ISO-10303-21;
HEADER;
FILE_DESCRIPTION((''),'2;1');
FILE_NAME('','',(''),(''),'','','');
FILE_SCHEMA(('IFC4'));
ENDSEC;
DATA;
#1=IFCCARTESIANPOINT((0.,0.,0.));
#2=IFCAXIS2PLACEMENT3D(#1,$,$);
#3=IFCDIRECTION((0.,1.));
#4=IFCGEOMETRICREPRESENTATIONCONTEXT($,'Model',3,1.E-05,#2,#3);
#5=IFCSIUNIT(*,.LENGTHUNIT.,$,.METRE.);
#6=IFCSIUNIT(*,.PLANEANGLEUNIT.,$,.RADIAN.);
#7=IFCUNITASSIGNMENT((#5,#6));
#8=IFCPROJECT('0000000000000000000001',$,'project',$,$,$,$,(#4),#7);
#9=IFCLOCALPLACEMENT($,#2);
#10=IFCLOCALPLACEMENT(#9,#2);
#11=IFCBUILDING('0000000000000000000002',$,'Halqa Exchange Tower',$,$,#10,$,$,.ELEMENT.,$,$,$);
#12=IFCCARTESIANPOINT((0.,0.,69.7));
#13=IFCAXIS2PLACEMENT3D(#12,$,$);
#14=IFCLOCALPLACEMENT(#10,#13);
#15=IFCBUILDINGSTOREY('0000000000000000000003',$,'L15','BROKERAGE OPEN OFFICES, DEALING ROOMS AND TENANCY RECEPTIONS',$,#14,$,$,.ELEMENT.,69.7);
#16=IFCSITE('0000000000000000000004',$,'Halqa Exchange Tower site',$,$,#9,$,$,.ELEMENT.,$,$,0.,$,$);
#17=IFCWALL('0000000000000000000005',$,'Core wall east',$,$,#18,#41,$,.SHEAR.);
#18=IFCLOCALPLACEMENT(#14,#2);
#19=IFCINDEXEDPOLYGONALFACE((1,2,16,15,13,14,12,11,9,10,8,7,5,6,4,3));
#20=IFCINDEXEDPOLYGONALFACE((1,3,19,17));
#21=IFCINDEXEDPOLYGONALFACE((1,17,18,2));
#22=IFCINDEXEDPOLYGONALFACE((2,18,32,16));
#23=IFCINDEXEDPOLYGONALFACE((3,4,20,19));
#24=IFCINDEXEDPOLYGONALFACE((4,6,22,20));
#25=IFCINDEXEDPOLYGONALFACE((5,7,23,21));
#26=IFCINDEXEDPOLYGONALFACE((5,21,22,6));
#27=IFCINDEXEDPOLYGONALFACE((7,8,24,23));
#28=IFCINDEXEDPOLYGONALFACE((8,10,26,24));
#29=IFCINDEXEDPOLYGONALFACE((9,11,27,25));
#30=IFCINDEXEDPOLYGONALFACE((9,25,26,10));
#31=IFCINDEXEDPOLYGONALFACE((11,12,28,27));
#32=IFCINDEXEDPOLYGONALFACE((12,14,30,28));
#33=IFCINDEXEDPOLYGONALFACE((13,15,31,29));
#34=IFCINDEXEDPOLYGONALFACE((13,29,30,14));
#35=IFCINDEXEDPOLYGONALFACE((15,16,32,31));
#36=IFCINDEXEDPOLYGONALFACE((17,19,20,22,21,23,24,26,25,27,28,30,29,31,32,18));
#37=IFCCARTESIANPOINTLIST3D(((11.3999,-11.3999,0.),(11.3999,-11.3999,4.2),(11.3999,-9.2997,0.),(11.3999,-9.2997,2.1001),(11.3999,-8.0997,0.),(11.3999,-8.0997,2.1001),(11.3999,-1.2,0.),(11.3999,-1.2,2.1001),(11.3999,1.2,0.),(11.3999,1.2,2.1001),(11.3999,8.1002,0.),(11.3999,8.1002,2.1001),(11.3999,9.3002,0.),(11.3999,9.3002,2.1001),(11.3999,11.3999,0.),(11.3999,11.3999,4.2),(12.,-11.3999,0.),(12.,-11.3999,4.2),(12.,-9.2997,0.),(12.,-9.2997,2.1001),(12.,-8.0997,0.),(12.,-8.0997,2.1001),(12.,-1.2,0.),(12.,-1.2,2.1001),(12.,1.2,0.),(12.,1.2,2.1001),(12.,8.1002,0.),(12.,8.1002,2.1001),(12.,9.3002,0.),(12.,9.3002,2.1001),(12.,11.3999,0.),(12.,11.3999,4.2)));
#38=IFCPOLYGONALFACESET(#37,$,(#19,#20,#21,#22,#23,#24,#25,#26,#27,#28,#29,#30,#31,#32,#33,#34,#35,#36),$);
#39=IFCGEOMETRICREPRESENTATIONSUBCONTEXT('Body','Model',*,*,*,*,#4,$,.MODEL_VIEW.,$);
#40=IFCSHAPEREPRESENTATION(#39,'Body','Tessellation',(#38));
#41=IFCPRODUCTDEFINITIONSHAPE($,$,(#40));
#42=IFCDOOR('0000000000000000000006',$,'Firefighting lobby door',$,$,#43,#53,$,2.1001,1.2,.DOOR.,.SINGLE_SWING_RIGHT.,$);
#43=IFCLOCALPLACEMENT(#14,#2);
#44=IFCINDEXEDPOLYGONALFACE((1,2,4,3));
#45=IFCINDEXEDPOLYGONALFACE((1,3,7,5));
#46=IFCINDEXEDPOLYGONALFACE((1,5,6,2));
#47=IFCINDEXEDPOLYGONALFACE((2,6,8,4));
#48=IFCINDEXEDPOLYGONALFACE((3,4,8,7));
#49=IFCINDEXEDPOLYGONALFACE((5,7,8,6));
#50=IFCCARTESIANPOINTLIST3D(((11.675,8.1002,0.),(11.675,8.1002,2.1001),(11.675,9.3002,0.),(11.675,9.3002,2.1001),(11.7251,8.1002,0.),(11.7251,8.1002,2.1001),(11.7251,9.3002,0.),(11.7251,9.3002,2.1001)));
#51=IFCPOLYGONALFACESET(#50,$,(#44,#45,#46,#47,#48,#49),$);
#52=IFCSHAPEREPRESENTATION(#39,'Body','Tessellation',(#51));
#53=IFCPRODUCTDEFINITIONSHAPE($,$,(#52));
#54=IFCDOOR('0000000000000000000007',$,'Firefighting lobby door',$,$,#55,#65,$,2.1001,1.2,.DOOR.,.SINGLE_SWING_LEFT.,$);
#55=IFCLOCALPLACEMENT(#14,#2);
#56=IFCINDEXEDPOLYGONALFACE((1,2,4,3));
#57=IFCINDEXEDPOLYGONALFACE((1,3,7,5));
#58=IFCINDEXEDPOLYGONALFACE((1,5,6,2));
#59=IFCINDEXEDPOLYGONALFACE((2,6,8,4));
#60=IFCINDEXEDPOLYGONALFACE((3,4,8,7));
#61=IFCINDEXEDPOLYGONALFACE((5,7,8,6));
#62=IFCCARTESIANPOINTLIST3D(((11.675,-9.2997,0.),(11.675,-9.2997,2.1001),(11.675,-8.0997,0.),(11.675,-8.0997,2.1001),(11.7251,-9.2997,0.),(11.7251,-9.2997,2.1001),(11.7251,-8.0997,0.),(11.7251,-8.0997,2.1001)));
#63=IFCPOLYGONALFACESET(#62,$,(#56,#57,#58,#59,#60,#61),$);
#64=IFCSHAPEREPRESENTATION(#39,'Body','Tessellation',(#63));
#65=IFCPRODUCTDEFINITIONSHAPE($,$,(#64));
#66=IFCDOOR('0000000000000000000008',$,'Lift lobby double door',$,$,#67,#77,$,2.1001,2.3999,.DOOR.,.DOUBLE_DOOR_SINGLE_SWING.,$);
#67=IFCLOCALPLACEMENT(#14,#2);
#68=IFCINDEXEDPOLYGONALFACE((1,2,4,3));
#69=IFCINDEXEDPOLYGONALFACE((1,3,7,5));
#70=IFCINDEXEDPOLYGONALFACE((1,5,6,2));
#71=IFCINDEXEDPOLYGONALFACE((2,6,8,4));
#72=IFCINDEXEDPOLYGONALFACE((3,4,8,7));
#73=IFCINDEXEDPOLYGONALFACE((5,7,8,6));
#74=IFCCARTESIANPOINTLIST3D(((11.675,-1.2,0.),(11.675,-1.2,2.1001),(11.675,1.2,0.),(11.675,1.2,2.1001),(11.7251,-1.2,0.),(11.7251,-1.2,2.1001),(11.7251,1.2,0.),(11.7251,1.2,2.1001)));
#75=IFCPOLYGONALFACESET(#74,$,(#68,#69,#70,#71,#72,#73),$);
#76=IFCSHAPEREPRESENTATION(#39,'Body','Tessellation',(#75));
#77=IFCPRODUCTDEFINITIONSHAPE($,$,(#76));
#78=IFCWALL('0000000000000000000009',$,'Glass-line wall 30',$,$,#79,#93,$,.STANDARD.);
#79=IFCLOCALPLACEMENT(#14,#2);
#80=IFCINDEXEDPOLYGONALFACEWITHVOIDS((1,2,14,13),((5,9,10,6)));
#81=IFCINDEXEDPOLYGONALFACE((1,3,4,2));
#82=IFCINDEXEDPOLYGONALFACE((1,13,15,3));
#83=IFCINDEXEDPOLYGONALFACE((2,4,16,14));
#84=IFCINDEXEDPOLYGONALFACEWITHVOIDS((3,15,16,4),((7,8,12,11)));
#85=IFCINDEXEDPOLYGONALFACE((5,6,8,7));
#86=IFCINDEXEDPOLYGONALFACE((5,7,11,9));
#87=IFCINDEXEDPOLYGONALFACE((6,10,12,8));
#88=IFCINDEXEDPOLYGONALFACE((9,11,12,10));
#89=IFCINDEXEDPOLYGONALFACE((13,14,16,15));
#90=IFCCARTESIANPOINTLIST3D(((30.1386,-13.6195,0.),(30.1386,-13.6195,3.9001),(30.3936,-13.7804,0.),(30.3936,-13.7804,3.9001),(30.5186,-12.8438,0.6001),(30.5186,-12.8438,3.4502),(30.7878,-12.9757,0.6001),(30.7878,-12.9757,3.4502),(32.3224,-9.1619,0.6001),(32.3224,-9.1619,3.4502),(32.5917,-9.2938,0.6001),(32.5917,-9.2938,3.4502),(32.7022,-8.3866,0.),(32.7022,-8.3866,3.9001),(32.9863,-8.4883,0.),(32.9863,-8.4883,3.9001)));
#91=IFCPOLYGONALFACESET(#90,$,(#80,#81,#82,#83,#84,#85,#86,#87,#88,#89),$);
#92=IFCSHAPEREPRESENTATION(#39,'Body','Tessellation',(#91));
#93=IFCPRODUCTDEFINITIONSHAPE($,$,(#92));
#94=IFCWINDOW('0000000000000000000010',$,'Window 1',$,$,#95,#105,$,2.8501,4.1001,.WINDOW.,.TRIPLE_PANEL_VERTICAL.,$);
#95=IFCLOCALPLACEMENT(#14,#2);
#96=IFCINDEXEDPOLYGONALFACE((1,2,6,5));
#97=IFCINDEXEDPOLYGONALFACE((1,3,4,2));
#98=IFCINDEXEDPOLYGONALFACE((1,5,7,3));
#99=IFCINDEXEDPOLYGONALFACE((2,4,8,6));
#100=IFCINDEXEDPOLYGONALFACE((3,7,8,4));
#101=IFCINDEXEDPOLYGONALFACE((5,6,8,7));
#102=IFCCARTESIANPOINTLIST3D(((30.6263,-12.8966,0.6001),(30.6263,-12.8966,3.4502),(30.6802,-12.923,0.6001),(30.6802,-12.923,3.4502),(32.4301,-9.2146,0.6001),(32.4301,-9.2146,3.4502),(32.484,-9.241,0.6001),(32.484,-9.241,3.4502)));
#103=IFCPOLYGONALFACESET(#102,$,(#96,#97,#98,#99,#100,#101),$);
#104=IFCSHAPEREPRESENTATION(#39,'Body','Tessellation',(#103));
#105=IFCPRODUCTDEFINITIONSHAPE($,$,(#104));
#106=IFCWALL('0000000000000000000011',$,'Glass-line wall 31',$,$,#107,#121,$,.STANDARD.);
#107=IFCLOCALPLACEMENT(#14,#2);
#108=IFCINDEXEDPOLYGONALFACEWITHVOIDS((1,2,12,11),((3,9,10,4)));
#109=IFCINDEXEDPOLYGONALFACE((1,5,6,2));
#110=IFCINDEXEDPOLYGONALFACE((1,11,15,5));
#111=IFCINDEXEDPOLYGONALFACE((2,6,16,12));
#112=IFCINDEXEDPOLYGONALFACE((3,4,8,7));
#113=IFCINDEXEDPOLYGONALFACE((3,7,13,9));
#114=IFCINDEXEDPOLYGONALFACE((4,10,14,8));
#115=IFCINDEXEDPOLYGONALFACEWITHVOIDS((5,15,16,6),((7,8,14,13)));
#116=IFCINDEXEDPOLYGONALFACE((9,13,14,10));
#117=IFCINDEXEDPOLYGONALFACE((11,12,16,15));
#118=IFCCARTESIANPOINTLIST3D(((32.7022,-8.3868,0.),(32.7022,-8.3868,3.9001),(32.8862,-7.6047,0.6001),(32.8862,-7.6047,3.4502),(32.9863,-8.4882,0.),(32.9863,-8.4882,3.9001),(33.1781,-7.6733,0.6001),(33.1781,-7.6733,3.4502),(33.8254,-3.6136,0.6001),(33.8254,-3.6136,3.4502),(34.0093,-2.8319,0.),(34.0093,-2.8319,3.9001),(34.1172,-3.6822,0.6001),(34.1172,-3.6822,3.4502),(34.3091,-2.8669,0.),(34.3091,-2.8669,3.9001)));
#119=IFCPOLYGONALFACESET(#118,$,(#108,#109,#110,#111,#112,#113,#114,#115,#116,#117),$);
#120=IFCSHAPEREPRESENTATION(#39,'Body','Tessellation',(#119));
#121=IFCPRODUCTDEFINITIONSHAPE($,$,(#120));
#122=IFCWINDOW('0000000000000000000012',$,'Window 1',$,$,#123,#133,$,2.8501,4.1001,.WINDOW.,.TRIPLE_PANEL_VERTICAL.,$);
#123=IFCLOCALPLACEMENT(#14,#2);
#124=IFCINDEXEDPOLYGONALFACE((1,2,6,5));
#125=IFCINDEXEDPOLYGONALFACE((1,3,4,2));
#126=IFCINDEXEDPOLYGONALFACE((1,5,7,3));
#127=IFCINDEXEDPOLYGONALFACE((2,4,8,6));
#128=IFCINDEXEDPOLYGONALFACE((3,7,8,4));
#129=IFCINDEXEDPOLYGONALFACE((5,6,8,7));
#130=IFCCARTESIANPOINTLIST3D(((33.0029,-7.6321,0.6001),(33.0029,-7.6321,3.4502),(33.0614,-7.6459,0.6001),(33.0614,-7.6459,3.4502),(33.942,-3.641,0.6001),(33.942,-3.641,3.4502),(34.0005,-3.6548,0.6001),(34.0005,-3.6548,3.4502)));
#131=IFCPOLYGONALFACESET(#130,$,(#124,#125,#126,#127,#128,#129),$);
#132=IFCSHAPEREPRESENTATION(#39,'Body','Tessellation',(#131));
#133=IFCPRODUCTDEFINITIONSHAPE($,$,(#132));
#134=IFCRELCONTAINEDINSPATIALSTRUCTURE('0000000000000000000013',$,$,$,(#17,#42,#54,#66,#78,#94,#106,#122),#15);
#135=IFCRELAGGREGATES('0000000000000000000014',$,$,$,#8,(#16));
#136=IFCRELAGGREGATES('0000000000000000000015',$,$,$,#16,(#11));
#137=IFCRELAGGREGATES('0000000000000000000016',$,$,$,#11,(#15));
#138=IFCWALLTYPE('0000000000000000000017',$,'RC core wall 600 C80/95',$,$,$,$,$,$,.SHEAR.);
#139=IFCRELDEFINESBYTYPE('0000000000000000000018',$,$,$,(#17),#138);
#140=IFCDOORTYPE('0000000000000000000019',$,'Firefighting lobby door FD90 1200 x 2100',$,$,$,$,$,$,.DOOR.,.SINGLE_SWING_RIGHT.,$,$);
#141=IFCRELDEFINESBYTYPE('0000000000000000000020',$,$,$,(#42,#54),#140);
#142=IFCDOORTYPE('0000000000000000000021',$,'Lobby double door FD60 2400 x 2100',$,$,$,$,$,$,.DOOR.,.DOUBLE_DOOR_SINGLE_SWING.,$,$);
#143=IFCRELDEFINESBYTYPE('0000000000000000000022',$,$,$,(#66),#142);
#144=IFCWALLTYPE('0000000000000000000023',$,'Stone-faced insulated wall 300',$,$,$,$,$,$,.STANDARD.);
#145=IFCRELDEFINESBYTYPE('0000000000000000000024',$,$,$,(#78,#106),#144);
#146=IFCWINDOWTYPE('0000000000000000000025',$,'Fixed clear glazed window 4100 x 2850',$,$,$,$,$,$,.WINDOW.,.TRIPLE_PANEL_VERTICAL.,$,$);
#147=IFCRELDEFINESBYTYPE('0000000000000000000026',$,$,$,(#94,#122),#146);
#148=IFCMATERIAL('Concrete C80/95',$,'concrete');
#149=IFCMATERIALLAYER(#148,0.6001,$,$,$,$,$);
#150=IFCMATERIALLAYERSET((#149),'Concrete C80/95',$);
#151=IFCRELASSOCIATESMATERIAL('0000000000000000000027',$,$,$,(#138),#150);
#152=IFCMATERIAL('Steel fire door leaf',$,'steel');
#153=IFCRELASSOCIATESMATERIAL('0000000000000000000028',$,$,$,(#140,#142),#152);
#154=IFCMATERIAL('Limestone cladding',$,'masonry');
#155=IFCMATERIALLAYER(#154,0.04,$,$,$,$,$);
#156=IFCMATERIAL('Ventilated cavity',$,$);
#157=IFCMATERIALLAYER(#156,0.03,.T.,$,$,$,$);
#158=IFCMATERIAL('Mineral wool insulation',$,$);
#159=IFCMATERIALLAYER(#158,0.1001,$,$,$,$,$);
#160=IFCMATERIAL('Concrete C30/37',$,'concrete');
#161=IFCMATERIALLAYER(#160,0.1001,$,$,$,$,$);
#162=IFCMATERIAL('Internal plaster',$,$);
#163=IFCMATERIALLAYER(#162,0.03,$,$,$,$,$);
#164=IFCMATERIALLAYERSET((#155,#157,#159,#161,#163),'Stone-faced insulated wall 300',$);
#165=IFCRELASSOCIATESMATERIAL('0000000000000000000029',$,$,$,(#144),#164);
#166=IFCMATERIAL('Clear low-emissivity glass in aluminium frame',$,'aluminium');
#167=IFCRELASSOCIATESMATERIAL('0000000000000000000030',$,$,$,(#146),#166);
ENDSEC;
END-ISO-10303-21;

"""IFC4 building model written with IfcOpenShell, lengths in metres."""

from ifc_helpers import new_model, si_unit, direction, frame, frame_2d, origin, place, context, subcontext, project, spatial, polyline, rectangle, outline, extrude, material, layer, layer_set, type_object, element, fill, save


model = new_model("IFC4")

# Units and contexts
model_context = context("Model", 3, precision=1e-05, world=origin(), true_north=direction((0.0, 1.0)))
body_context = subcontext(model_context, "Body", "Model", "MODEL_VIEW")
ifc_project = project(units=[si_unit("LENGTHUNIT", "METRE"), si_unit("PLANEANGLEUNIT", "RADIAN")], contexts=[model_context])

# Site, building, storey
site_placement = place(None, origin())
site = spatial("IfcSite", under=ifc_project, at=site_placement, Name="Halqa Exchange Tower site", CompositionType="ELEMENT", RefElevation=0.0)
building_placement = place(site_placement, origin())
building = spatial("IfcBuilding", under=site, at=building_placement, Name="Halqa Exchange Tower", CompositionType="ELEMENT")
storey_placement = place(building_placement, frame((0.0, 0.0, 69.7)))
storey = spatial("IfcBuildingStorey", under=building, at=storey_placement, Name="L15", Description="BROKERAGE OPEN OFFICES, DEALING ROOMS AND TENANCY RECEPTIONS", CompositionType="ELEMENT", Elevation=69.7)

# Shared definitions
ifc_material_1 = material(Name="Concrete C80/95", Category="concrete")

# Wall, openings, doors
ifc_layer_1 = layer(ifc_material_1, 0.6001)
ifc_layer_set_1 = layer_set([ifc_layer_1], Name="Concrete C80/95")
wall_type_1 = type_object("IfcWallType", Name="RC core wall 600 C80/95", PredefinedType="SHEAR", material=ifc_layer_set_1)
wall_1_placement = place(storey_placement, frame((11.7, -11.3999, 0.0), z_axis=(0.0, 0.0, 1.0), x_axis=(0.0, 1.0, 0.0)))
wall_1 = element("IfcWall", 1, at=wall_1_placement, inside=storey, type_object=wall_type_1, Name="Core wall east", PredefinedType="SHEAR", context=body_context, shape_type="SweptSolid", body=[
    extrude(rectangle(XDim=22.7998, YDim=0.6001, at=frame_2d((11.3999, 0.0))), origin(), (0.0, 0.0, 1.0), 4.2),
])
opening_1_placement = place(wall_1_placement, frame((10.2, 0.0, 0.0)))
opening_1 = element("IfcOpeningElement", 2, at=opening_1_placement, cuts=wall_1, PredefinedType="OPENING", context=body_context, shape_type="SweptSolid", body=[
    extrude(rectangle(XDim=2.3999, YDim=2.1001, at=frame_2d((1.2, 1.05))), frame((0.0, 0.312, 0.0), z_axis=(0.0, -1.0, 0.0), x_axis=(1.0, 0.0, 0.0)), (0.0, 0.0, 1.0), 0.624),
])
opening_2_placement = place(wall_1_placement, frame((19.5, 0.0, 0.0)))
opening_2 = element("IfcOpeningElement", 3, at=opening_2_placement, cuts=wall_1, PredefinedType="OPENING", context=body_context, shape_type="SweptSolid", body=[
    extrude(rectangle(XDim=1.2, YDim=2.1001, at=frame_2d((0.6001, 1.05))), frame((0.0, 0.312, 0.0), z_axis=(0.0, -1.0, 0.0), x_axis=(1.0, 0.0, 0.0)), (0.0, 0.0, 1.0), 0.624),
])
opening_3_placement = place(wall_1_placement, frame((2.1001, 0.0, 0.0)))
opening_3 = element("IfcOpeningElement", 4, at=opening_3_placement, cuts=wall_1, PredefinedType="OPENING", context=body_context, shape_type="SweptSolid", body=[
    extrude(rectangle(XDim=1.2, YDim=2.1001, at=frame_2d((0.6001, 1.05))), frame((0.0, 0.312, 0.0), z_axis=(0.0, -1.0, 0.0), x_axis=(1.0, 0.0, 0.0)), (0.0, 0.0, 1.0), 0.624),
])
ifc_material_2 = material(Name="Steel fire door leaf", Category="steel")
door_type_1 = type_object("IfcDoorType", Name="Firefighting lobby door FD90 1200 x 2100", OperationType="SINGLE_SWING_RIGHT", PredefinedType="DOOR", material=ifc_material_2)
door_1_placement = place(opening_2_placement, origin())
door_1 = element("IfcDoor", 5, at=door_1_placement, inside=storey, type_object=door_type_1, Name="Firefighting lobby door", OperationType="SINGLE_SWING_RIGHT", OverallHeight=2.1001, OverallWidth=1.2, PredefinedType="DOOR", context=body_context, shape_type="SweptSolid", body=[
    extrude(rectangle(XDim=1.2, YDim=2.1001, at=frame_2d((0.6001, 1.05))), frame((0.0, 0.0249, 0.0), z_axis=(0.0, -1.0, 0.0), x_axis=(1.0, 0.0, 0.0)), (0.0, 0.0, 1.0), 0.05),
])
fill(opening_2, door_1)
door_2_placement = place(opening_3_placement, origin())
door_2 = element("IfcDoor", 6, at=door_2_placement, inside=storey, type_object=door_type_1, Name="Firefighting lobby door", OperationType="SINGLE_SWING_LEFT", OverallHeight=2.1001, OverallWidth=1.2, PredefinedType="DOOR", context=body_context, shape_type="SweptSolid", body=[
    extrude(rectangle(XDim=1.2, YDim=2.1001, at=frame_2d((0.6001, 1.05))), frame((0.0, 0.0249, 0.0), z_axis=(0.0, -1.0, 0.0), x_axis=(1.0, 0.0, 0.0)), (0.0, 0.0, 1.0), 0.05),
])
fill(opening_3, door_2)
door_type_2 = type_object("IfcDoorType", Name="Lobby double door FD60 2400 x 2100", OperationType="DOUBLE_DOOR_SINGLE_SWING", PredefinedType="DOOR", material=ifc_material_2)
door_3_placement = place(opening_1_placement, origin())
door_3 = element("IfcDoor", 7, at=door_3_placement, inside=storey, type_object=door_type_2, Name="Lift lobby double door", OperationType="DOUBLE_DOOR_SINGLE_SWING", OverallHeight=2.1001, OverallWidth=2.3999, PredefinedType="DOOR", context=body_context, shape_type="SweptSolid", body=[
    extrude(rectangle(XDim=2.3999, YDim=2.1001, at=frame_2d((1.2, 1.05))), frame((0.0, 0.0249, 0.0), z_axis=(0.0, -1.0, 0.0), x_axis=(1.0, 0.0, 0.0)), (0.0, 0.0, 1.0), 0.05),
])
fill(opening_1, door_3)

# Walls, openings, windows
ifc_material_3 = material(Name="Limestone cladding", Category="masonry")
ifc_layer_2 = layer(ifc_material_3, 0.04)
ifc_material_4 = material(Name="Ventilated cavity")
ifc_layer_3 = layer(ifc_material_4, 0.03, ventilated=True)
ifc_material_5 = material(Name="Mineral wool insulation")
ifc_layer_4 = layer(ifc_material_5, 0.1001)
ifc_material_6 = material(Name="Concrete C30/37", Category="concrete")
ifc_layer_5 = layer(ifc_material_6, 0.1001)
ifc_material_7 = material(Name="Internal plaster")
ifc_layer_6 = layer(ifc_material_7, 0.03)
ifc_layer_set_2 = layer_set([ifc_layer_2, ifc_layer_3, ifc_layer_4, ifc_layer_5, ifc_layer_6], Name="Stone-faced insulated wall 300")
wall_type_2 = type_object("IfcWallType", Name="Stone-faced insulated wall 300", PredefinedType="STANDARD", material=ifc_layer_set_2)
wall_2_placement = place(storey_placement, frame((30.2661, -13.7, 0.0), z_axis=(0.0, 0.0, 1.0), x_axis=(0.43995, 0.898022, 0.0)))
wall_2 = element("IfcWall", 8, at=wall_2_placement, inside=storey, type_object=wall_type_2, Name="Glass-line wall 30", PredefinedType="STANDARD", context=body_context, shape_type="SweptSolid", body=[
    extrude(outline(polyline([(-0.0161, -0.1499), (5.877, -0.1499), (5.8433, 0.1499), (0.0161, 0.1499), (-0.0161, -0.1499)])), origin(), (0.0, 0.0, 1.0), 3.9001),
])
opening_4_placement = place(wall_2_placement, frame((0.8799, 0.0, 0.6001)))
opening_4 = element("IfcOpeningElement", 9, at=opening_4_placement, cuts=wall_2, PredefinedType="OPENING", context=body_context, shape_type="SweptSolid", body=[
    extrude(rectangle(XDim=4.1001, YDim=2.8501, at=frame_2d((2.05, 1.425))), frame((0.0, 0.1621, 0.0), z_axis=(0.0, -1.0, 0.0), x_axis=(1.0, 0.0, 0.0)), (0.0, 0.0, 1.0), 0.324),
])
ifc_material_8 = material(Name="Clear low-emissivity glass in aluminium frame", Category="aluminium")
window_type = type_object("IfcWindowType", Name="Fixed clear glazed window 4100 x 2850", PartitioningType="TRIPLE_PANEL_VERTICAL", PredefinedType="WINDOW", material=ifc_material_8)
window_1_placement = place(opening_4_placement, origin())
window_1 = element("IfcWindow", 10, at=window_1_placement, inside=storey, type_object=window_type, Name="Window 1", OverallHeight=2.8501, OverallWidth=4.1001, PartitioningType="TRIPLE_PANEL_VERTICAL", PredefinedType="WINDOW", context=body_context, shape_type="SweptSolid", body=[
    extrude(rectangle(XDim=4.1001, YDim=2.8501, at=frame_2d((2.05, 1.425))), frame((0.0, 0.03, 0.0), z_axis=(0.0, -1.0, 0.0), x_axis=(1.0, 0.0, 0.0)), (0.0, 0.0, 1.0), 0.0601),
])
fill(opening_4, window_1)
wall_3_placement = place(storey_placement, frame((32.8442, -8.4375, 0.0), z_axis=(0.0, 0.0, 1.0), x_axis=(0.229054, 0.973414, 0.0)))
wall_3 = element("IfcWall", 11, at=wall_3_placement, inside=storey, type_object=wall_type_2, Name="Glass-line wall 31", PredefinedType="STANDARD", context=body_context, shape_type="SweptSolid", body=[
    extrude(outline(polyline([(-0.0168, -0.1499), (5.7581, -0.1499), (5.7234, 0.1499), (0.0168, 0.1499), (-0.0168, -0.1499)])), origin(), (0.0, 0.0, 1.0), 3.9001),
])
opening_5_placement = place(wall_3_placement, frame((0.8203, 0.0, 0.6001)))
opening_5 = element("IfcOpeningElement", 12, at=opening_5_placement, cuts=wall_3, PredefinedType="OPENING", context=body_context, shape_type="SweptSolid", body=[
    extrude(rectangle(XDim=4.1001, YDim=2.8501, at=frame_2d((2.05, 1.425))), frame((0.0, 0.1621, 0.0), z_axis=(0.0, -1.0, 0.0), x_axis=(1.0, 0.0, 0.0)), (0.0, 0.0, 1.0), 0.324),
])
window_2_placement = place(opening_5_placement, origin())
window_2 = element("IfcWindow", 13, at=window_2_placement, inside=storey, type_object=window_type, Name="Window 1", OverallHeight=2.8501, OverallWidth=4.1001, PartitioningType="TRIPLE_PANEL_VERTICAL", PredefinedType="WINDOW", context=body_context, shape_type="SweptSolid", body=[
    extrude(rectangle(XDim=4.1001, YDim=2.8501, at=frame_2d((2.05, 1.425))), frame((0.0, 0.03, 0.0), z_axis=(0.0, -1.0, 0.0), x_axis=(1.0, 0.0, 0.0)), (0.0, 0.0, 1.0), 0.0601),
])
fill(opening_5, window_2)

save(model, "model.ifc")
